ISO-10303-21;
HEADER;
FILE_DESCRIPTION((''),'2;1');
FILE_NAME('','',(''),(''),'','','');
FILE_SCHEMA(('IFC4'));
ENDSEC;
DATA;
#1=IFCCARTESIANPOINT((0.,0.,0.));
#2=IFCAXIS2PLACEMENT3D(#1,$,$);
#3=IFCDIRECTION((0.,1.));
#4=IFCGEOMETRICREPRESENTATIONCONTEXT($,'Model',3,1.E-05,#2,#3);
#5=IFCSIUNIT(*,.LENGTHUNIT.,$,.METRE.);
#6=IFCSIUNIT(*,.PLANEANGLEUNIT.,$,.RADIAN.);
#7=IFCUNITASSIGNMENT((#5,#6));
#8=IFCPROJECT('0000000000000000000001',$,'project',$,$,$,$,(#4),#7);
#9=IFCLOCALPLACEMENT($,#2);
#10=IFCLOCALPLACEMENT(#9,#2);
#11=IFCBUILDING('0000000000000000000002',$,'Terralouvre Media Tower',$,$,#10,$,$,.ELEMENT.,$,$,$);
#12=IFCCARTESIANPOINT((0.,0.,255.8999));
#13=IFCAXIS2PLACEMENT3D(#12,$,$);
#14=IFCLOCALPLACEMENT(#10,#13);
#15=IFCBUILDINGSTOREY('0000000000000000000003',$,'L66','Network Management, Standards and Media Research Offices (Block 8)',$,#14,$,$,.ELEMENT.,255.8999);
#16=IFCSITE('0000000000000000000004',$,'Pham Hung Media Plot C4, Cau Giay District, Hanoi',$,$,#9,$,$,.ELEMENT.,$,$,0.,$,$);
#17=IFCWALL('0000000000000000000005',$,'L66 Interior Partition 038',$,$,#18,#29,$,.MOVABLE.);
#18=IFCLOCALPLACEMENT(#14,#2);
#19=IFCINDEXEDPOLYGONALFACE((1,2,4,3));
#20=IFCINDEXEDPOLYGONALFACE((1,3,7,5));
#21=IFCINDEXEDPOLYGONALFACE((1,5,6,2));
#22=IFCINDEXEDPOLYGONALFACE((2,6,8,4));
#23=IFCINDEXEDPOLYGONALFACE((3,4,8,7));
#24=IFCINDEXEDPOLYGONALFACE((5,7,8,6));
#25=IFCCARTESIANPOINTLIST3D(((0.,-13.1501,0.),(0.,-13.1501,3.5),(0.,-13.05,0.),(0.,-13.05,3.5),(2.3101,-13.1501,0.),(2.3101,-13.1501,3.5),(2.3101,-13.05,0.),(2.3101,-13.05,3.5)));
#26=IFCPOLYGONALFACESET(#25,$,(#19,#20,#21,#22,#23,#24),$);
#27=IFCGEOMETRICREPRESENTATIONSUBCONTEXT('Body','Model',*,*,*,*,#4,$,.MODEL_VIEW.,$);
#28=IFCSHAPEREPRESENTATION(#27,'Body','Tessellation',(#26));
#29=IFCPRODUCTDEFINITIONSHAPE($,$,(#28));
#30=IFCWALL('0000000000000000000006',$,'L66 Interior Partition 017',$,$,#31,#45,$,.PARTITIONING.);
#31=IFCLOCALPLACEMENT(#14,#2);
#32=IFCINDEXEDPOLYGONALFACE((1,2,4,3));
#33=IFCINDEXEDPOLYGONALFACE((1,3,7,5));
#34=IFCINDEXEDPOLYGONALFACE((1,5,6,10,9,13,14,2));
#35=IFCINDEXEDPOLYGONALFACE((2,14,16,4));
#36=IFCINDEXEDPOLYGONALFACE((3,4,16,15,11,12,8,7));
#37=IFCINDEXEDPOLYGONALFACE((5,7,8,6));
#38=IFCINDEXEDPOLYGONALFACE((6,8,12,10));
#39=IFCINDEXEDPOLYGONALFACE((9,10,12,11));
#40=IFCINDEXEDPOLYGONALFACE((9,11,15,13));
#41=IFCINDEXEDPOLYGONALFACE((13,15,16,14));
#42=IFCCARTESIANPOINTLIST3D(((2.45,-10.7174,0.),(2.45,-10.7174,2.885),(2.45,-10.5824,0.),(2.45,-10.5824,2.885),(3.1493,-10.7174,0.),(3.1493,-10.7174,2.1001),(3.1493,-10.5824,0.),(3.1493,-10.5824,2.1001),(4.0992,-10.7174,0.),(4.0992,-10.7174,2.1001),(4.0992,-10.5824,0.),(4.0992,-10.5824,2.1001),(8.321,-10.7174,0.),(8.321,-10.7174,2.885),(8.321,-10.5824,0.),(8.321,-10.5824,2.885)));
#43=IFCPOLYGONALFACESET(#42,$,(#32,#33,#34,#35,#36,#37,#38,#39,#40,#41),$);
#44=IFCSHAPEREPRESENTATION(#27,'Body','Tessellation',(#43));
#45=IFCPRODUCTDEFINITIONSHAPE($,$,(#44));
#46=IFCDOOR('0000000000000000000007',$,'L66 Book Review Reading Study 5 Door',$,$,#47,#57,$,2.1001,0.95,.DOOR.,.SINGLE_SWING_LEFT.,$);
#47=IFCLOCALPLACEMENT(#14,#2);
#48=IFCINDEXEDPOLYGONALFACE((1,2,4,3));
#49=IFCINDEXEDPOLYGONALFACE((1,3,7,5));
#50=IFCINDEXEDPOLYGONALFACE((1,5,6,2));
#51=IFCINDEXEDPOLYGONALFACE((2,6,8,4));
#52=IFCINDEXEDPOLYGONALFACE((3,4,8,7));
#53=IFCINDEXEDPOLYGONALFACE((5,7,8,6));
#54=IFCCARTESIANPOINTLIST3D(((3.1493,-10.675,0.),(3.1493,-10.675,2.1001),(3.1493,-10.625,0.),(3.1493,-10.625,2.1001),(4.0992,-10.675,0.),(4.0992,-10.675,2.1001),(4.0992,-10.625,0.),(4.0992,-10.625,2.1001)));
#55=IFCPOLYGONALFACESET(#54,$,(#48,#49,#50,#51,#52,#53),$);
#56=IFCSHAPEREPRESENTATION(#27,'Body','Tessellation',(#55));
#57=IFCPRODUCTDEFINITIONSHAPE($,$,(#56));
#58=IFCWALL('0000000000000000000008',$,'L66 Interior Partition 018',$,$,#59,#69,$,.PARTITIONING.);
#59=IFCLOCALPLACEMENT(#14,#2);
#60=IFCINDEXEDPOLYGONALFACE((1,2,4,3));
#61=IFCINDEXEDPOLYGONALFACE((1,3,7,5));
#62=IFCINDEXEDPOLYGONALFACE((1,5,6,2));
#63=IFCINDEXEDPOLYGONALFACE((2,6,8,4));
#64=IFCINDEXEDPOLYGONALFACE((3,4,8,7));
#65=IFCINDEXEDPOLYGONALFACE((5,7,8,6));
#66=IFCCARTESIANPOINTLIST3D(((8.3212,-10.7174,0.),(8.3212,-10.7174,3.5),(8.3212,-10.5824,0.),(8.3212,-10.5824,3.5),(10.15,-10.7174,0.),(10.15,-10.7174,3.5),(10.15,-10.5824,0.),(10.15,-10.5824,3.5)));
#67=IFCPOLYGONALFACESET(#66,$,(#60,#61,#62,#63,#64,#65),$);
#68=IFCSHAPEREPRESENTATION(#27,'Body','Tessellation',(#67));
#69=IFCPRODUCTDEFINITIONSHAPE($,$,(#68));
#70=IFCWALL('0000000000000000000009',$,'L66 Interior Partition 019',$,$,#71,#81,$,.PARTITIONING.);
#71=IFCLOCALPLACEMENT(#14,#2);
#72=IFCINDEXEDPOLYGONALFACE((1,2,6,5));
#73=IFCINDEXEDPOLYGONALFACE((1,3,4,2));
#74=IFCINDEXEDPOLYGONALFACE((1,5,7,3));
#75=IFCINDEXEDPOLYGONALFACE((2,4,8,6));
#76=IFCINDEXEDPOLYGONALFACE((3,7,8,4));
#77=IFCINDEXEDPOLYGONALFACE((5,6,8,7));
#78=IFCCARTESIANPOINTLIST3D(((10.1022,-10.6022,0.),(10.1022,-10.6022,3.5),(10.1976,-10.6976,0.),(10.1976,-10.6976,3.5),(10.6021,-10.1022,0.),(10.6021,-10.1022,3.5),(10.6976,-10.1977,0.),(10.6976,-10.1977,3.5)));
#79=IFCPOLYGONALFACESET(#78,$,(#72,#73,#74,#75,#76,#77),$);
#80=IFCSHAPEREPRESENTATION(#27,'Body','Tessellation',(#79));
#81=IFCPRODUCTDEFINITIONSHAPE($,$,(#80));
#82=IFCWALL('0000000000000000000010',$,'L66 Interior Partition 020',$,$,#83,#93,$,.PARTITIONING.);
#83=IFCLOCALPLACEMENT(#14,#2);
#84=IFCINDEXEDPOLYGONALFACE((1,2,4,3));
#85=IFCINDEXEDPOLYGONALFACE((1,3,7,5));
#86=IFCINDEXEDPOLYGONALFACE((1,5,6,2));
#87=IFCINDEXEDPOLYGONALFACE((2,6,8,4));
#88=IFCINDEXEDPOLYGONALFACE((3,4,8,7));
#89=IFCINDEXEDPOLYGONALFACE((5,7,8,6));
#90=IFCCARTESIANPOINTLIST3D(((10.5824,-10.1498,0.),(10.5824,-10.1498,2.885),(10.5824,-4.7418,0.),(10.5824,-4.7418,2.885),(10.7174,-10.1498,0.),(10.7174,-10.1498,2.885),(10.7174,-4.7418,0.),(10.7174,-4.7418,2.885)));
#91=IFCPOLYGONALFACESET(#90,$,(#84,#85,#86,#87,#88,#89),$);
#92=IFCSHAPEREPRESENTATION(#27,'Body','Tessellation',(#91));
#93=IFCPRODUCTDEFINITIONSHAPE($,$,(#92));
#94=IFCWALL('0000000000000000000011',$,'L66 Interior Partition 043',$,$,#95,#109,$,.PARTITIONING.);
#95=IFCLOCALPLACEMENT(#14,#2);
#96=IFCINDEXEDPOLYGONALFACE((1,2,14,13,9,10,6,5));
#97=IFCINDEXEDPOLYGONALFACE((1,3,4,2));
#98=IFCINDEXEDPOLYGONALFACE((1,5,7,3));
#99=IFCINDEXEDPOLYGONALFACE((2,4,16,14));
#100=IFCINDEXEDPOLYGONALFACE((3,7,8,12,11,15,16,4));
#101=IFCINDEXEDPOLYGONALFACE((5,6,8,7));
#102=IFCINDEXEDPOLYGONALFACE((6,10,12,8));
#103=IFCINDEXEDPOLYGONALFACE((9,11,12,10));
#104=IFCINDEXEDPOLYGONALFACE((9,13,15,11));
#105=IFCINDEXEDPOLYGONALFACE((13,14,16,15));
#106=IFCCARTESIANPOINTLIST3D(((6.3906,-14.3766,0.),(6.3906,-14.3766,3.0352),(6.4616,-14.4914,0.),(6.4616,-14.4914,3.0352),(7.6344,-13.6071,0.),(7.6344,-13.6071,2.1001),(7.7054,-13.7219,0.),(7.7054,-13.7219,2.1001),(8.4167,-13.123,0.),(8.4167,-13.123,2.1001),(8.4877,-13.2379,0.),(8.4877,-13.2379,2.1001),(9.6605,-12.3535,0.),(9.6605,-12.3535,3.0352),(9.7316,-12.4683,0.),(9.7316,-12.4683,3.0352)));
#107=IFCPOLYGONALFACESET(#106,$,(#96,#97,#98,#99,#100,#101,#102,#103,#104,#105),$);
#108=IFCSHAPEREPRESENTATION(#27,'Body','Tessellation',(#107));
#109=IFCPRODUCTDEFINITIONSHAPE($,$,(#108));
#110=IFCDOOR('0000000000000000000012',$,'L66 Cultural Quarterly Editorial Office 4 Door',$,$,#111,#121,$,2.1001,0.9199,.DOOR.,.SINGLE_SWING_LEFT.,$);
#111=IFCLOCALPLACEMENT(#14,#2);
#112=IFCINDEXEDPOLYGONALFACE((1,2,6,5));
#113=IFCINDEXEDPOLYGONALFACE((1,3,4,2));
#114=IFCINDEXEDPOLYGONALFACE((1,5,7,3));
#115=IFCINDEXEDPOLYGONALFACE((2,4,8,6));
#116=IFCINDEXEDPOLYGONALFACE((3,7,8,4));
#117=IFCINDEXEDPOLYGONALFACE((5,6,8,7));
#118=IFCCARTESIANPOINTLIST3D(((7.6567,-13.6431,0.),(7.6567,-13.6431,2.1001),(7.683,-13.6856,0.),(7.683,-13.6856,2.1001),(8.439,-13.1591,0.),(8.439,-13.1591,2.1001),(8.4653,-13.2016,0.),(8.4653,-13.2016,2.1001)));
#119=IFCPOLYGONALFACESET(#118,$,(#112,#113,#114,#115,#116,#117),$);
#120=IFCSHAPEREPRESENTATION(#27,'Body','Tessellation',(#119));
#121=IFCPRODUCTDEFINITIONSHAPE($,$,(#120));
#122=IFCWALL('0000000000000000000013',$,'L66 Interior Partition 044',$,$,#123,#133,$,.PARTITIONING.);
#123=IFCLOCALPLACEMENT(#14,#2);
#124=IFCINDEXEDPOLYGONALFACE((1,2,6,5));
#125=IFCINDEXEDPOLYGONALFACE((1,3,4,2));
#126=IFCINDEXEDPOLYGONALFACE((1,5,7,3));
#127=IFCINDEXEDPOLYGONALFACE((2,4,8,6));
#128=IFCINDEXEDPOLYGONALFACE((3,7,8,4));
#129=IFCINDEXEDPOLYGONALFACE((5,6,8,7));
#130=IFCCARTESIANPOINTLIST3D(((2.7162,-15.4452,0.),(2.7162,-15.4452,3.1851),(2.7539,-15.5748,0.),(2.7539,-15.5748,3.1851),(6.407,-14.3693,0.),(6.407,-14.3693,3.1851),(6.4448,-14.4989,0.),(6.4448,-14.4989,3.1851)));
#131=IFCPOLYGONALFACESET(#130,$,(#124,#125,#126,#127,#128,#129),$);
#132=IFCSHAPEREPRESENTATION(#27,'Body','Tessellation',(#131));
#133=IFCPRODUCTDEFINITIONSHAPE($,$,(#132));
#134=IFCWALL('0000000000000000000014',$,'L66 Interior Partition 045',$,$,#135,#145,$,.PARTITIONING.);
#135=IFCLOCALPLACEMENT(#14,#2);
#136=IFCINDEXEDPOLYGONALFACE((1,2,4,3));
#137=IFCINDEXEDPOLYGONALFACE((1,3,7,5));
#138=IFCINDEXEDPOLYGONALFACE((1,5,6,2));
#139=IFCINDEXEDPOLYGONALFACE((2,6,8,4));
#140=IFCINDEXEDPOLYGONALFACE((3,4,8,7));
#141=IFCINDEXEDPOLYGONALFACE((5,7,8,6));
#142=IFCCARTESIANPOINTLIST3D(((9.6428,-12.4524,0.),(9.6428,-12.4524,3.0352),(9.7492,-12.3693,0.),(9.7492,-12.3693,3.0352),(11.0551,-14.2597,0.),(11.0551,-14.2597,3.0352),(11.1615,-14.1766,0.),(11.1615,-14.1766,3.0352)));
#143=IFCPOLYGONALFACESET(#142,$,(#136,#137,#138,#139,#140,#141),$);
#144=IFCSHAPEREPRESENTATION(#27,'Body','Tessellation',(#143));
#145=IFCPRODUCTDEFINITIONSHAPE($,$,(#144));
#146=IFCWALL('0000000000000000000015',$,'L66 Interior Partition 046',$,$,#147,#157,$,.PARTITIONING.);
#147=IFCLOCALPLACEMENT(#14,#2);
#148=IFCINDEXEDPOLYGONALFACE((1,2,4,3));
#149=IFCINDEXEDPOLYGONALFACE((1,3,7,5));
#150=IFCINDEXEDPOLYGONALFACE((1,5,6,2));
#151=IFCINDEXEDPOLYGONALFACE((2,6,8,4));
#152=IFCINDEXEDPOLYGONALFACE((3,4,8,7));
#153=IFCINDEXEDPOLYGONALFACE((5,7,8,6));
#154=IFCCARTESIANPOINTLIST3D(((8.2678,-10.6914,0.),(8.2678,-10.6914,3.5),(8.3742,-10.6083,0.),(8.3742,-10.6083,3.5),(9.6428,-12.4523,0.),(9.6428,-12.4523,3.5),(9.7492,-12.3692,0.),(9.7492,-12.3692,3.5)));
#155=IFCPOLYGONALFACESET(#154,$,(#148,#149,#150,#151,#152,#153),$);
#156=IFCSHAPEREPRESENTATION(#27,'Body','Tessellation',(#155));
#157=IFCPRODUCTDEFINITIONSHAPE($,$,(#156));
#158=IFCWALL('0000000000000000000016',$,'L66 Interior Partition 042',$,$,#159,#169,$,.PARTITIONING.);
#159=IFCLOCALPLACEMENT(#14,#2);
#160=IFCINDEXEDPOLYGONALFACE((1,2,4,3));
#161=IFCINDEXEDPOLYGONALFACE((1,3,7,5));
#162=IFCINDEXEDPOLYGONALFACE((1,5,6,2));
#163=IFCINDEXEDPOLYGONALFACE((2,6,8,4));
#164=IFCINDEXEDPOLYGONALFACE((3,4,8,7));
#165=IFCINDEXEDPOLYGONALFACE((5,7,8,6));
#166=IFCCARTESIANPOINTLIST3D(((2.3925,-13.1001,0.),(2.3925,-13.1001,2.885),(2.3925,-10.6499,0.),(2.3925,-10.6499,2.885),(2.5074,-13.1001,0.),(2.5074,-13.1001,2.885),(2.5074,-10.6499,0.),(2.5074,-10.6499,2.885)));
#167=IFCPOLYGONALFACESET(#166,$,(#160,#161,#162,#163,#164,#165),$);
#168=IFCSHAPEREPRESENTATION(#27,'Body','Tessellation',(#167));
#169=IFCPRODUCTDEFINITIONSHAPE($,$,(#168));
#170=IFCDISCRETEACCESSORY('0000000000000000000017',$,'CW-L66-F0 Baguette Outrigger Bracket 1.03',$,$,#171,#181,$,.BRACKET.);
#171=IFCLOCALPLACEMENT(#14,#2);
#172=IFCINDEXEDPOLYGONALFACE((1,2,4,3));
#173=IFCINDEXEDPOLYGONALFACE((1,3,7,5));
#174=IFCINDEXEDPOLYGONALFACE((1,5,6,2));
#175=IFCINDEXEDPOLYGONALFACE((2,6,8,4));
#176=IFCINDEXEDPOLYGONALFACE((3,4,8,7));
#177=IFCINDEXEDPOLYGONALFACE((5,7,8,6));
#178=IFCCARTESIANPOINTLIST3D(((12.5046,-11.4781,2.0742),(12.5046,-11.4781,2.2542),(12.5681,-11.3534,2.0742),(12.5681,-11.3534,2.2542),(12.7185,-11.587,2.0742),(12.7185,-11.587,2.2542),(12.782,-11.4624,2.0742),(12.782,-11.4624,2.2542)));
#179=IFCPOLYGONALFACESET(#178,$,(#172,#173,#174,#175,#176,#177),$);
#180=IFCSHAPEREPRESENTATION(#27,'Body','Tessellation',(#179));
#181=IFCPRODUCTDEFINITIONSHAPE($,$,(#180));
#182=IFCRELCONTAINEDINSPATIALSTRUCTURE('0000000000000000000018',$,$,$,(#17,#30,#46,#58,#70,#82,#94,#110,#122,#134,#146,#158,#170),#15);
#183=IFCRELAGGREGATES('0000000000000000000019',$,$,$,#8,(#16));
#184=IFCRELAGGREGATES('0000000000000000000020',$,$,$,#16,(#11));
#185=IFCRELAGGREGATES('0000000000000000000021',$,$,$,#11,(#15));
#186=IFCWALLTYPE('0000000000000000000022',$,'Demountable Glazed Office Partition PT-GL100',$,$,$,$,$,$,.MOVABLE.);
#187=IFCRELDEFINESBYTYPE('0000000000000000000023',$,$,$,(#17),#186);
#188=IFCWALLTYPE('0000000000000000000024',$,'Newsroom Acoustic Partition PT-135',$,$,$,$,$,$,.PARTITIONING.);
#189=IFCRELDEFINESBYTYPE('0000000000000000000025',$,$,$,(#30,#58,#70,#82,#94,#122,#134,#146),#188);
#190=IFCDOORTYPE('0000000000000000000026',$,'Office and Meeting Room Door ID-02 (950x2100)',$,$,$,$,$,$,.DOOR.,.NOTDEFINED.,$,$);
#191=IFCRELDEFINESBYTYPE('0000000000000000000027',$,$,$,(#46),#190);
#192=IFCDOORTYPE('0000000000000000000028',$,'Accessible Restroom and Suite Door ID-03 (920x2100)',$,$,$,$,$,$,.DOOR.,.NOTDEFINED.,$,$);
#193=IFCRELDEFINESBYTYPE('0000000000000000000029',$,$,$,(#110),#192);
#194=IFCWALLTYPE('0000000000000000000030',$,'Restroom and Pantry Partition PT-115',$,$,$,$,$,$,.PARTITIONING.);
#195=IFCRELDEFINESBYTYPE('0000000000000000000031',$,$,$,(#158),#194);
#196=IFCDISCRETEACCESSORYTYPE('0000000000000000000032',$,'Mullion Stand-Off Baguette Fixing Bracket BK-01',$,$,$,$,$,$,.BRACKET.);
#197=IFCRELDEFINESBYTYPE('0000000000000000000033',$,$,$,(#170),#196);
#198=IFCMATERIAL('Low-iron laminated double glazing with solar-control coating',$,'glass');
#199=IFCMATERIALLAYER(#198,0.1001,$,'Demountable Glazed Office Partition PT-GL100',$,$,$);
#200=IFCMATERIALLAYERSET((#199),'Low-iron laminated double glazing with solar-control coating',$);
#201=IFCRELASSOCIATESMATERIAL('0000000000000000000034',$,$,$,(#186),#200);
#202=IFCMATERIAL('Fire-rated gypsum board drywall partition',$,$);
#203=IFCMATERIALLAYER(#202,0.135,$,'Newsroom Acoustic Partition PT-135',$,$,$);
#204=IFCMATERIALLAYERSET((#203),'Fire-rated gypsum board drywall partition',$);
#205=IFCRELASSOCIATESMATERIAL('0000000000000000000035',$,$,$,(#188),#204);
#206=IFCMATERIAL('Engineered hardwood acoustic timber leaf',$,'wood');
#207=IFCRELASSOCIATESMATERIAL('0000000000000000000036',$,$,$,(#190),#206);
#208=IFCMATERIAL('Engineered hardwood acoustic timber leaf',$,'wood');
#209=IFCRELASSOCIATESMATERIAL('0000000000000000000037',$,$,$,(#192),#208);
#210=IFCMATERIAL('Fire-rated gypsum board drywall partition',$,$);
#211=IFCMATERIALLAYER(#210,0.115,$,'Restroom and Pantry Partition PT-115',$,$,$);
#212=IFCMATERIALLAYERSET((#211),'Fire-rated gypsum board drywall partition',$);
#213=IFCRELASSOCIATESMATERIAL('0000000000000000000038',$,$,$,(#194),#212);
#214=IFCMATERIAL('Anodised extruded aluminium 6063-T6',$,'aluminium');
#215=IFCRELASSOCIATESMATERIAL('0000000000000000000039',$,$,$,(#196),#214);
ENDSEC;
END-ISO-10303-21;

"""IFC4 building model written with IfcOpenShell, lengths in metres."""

from ifc_helpers import new_model, si_unit, direction, frame, frame_2d, origin, origin_2d, place, context, subcontext, project, spatial, rectangle, extrude, material, layer, layer_set, type_object, element, fill, save


model = new_model("IFC4")

# Units and contexts
model_context = context("Model", 3, precision=1e-05, world=origin(), true_north=direction((0.0, 1.0)))
body_context = subcontext(model_context, "Body", "Model", "MODEL_VIEW")
ifc_project = project(units=[si_unit("LENGTHUNIT", "METRE"), si_unit("PLANEANGLEUNIT", "RADIAN")], contexts=[model_context])

# Site, building, storey
site_placement = place(None, origin())
site = spatial("IfcSite", under=ifc_project, at=site_placement, Name="Pham Hung Media Plot C4, Cau Giay District, Hanoi", CompositionType="ELEMENT", RefElevation=0.0)
building_placement = place(site_placement, origin())
building = spatial("IfcBuilding", under=site, at=building_placement, Name="Terralouvre Media Tower", CompositionType="ELEMENT")
storey_placement = place(building_placement, frame((0.0, 0.0, 255.8999)))
storey = spatial("IfcBuildingStorey", under=building, at=storey_placement, Name="L66", Description="Network Management, Standards and Media Research Offices (Block 8)", CompositionType="ELEMENT", Elevation=255.8999)

# Wall
ifc_material_1 = material(Name="Low-iron laminated double glazing with solar-control coating", Category="glass")
ifc_layer_1 = layer(ifc_material_1, 0.1001, Name="Demountable Glazed Office Partition PT-GL100")
ifc_layer_set_1 = layer_set([ifc_layer_1], Name="Low-iron laminated double glazing with solar-control coating")
wall_type_1 = type_object("IfcWallType", Name="Demountable Glazed Office Partition PT-GL100", PredefinedType="MOVABLE", material=ifc_layer_set_1)
wall_1_placement = place(storey_placement, frame((2.3101, -13.1001, 0.0), z_axis=(0.0, 0.0, 1.0), x_axis=(-1.0, 0.0, 0.0)))
element("IfcWall", 1, at=wall_1_placement, inside=storey, type_object=wall_type_1, Name="L66 Interior Partition 038", PredefinedType="MOVABLE", context=body_context, shape_type="SweptSolid", body=[
    extrude(rectangle(XDim=2.3101, YDim=0.1001, at=frame_2d((1.155, 0.0))), origin(), (0.0, 0.0, 1.0), 3.5),
])

# Wall, opening, door
ifc_material_2 = material(Name="Fire-rated gypsum board drywall partition")
ifc_layer_2 = layer(ifc_material_2, 0.135, Name="Newsroom Acoustic Partition PT-135")
ifc_layer_set_2 = layer_set([ifc_layer_2], Name="Fire-rated gypsum board drywall partition")
wall_type_2 = type_object("IfcWallType", Name="Newsroom Acoustic Partition PT-135", PredefinedType="PARTITIONING", material=ifc_layer_set_2)
wall_2_placement = place(storey_placement, frame((2.45, -10.6499, 0.0), z_axis=(0.0, 0.0, 1.0), x_axis=(1.0, 0.0, 0.0)))
wall_2 = element("IfcWall", 2, at=wall_2_placement, inside=storey, type_object=wall_type_2, Name="L66 Interior Partition 017", PredefinedType="PARTITIONING", context=body_context, shape_type="SweptSolid", body=[
    extrude(rectangle(XDim=5.8711, YDim=0.135, at=frame_2d((2.9355, 0.0))), origin(), (0.0, 0.0, 1.0), 2.885),
])
opening_1_placement = place(wall_2_placement, frame((0.6992, 0.0, 0.0)))
opening_1 = element("IfcOpeningElement", 3, at=opening_1_placement, cuts=wall_2, PredefinedType="OPENING", context=body_context, shape_type="SweptSolid", body=[
    extrude(rectangle(XDim=0.95, YDim=2.1001, at=frame_2d((0.4751, 1.05))), frame((0.0, 0.0774, 0.0), z_axis=(0.0, -1.0, 0.0), x_axis=(1.0, 0.0, 0.0)), (0.0, 0.0, 1.0), 0.155),
])
ifc_material_3 = material(Name="Engineered hardwood acoustic timber leaf", Category="wood")
door_type_1 = type_object("IfcDoorType", Name="Office and Meeting Room Door ID-02 (950x2100)", OperationType="NOTDEFINED", PredefinedType="DOOR", material=ifc_material_3)
door_1_placement = place(opening_1_placement, origin())
door_1 = element("IfcDoor", 4, at=door_1_placement, inside=storey, type_object=door_type_1, Name="L66 Book Review Reading Study 5 Door", OperationType="SINGLE_SWING_LEFT", OverallHeight=2.1001, OverallWidth=0.95, PredefinedType="DOOR", context=body_context, shape_type="SweptSolid", body=[
    extrude(rectangle(XDim=0.95, YDim=2.1001, at=frame_2d((0.4751, 1.05))), frame((0.0, 0.0249, 0.0), z_axis=(0.0, -1.0, 0.0), x_axis=(1.0, 0.0, 0.0)), (0.0, 0.0, 1.0), 0.05),
])
fill(opening_1, door_1)

# Walls
wall_3_placement = place(storey_placement, frame((8.321, -10.6499, 0.0), z_axis=(0.0, 0.0, 1.0), x_axis=(1.0, 0.0, 0.0)))
element("IfcWall", 5, at=wall_3_placement, inside=storey, type_object=wall_type_2, Name="L66 Interior Partition 018", PredefinedType="PARTITIONING", context=body_context, shape_type="SweptSolid", body=[
    extrude(rectangle(XDim=1.8289, YDim=0.135, at=frame_2d((0.9146, 0.0))), origin(), (0.0, 0.0, 1.0), 3.5),
])
wall_4_placement = place(storey_placement, frame((10.1499, -10.6499, 0.0), z_axis=(0.0, 0.0, 1.0), x_axis=(0.707107, 0.707107, 0.0)))
element("IfcWall", 6, at=wall_4_placement, inside=storey, type_object=wall_type_2, Name="L66 Interior Partition 019", PredefinedType="PARTITIONING", context=body_context, shape_type="SweptSolid", body=[
    extrude(rectangle(XDim=0.707, YDim=0.135, at=frame_2d((0.3535, 0.0))), origin(), (0.0, 0.0, 1.0), 3.5),
])
wall_5_placement = place(storey_placement, frame((10.6499, -10.1499, 0.0), z_axis=(0.0, 0.0, 1.0), x_axis=(0.0, 1.0, 0.0)))
element("IfcWall", 7, at=wall_5_placement, inside=storey, type_object=wall_type_2, Name="L66 Interior Partition 020", PredefinedType="PARTITIONING", context=body_context, shape_type="SweptSolid", body=[
    extrude(rectangle(XDim=5.408, YDim=0.135, at=frame_2d((2.7041, 0.0))), origin(), (0.0, 0.0, 1.0), 2.885),
])

# Wall, opening, door
wall_6_placement = place(storey_placement, frame((9.696, -12.4109, 0.0), z_axis=(0.0, 0.0, 1.0), x_axis=(-0.850394, -0.526147, 0.0)))
wall_6 = element("IfcWall", 8, at=wall_6_placement, inside=storey, type_object=wall_type_2, Name="L66 Interior Partition 043", PredefinedType="PARTITIONING", context=body_context, shape_type="SweptSolid", body=[
    extrude(rectangle(XDim=3.8452, YDim=0.135, at=frame_2d((1.9226, 0.0))), origin(), (0.0, 0.0, 1.0), 3.0352),
])
opening_2_placement = place(wall_6_placement, frame((1.4626, 0.0, 0.0)))
opening_2 = element("IfcOpeningElement", 9, at=opening_2_placement, cuts=wall_6, PredefinedType="OPENING", context=body_context, shape_type="SweptSolid", body=[
    extrude(rectangle(XDim=0.9199, YDim=2.1001, at=frame_2d((0.46, 1.05))), frame((0.0, 0.0774, 0.0), z_axis=(0.0, -1.0, 0.0), x_axis=(1.0, 0.0, 0.0)), (0.0, 0.0, 1.0), 0.155),
])
ifc_material_4 = material(Name="Engineered hardwood acoustic timber leaf", Category="wood")
door_type_2 = type_object("IfcDoorType", Name="Accessible Restroom and Suite Door ID-03 (920x2100)", OperationType="NOTDEFINED", PredefinedType="DOOR", material=ifc_material_4)
door_2_placement = place(opening_2_placement, origin())
door_2 = element("IfcDoor", 10, at=door_2_placement, inside=storey, type_object=door_type_2, Name="L66 Cultural Quarterly Editorial Office 4 Door", OperationType="SINGLE_SWING_LEFT", OverallHeight=2.1001, OverallWidth=0.9199, PredefinedType="DOOR", context=body_context, shape_type="SweptSolid", body=[
    extrude(rectangle(XDim=0.9199, YDim=2.1001, at=frame_2d((0.46, 1.05))), frame((0.0, 0.0249, 0.0), z_axis=(0.0, -1.0, 0.0), x_axis=(1.0, 0.0, 0.0)), (0.0, 0.0, 1.0), 0.05),
])
fill(opening_2, door_2)

# Walls
wall_7_placement = place(storey_placement, frame((6.426, -14.4341, 0.0), z_axis=(0.0, 0.0, 1.0), x_axis=(-0.960041, -0.279859, 0.0)))
element("IfcWall", 11, at=wall_7_placement, inside=storey, type_object=wall_type_2, Name="L66 Interior Partition 044", PredefinedType="PARTITIONING", context=body_context, shape_type="SweptSolid", body=[
    extrude(rectangle(XDim=3.8445, YDim=0.135, at=frame_2d((1.9224, 0.0))), origin(), (0.0, 0.0, 1.0), 3.1851),
])
wall_8_placement = place(storey_placement, frame((11.1084, -14.2183, 0.0), z_axis=(0.0, 0.0, 1.0), x_axis=(-0.615737, 0.787952, 0.0)))
element("IfcWall", 12, at=wall_8_placement, inside=storey, type_object=wall_type_2, Name="L66 Interior Partition 045", PredefinedType="PARTITIONING", context=body_context, shape_type="SweptSolid", body=[
    extrude(rectangle(XDim=2.2937, YDim=0.135, at=frame_2d((1.147, 0.0))), origin(), (0.0, 0.0, 1.0), 3.0352),
])
wall_9_placement = place(storey_placement, frame((9.696, -12.4109, 0.0), z_axis=(0.0, 0.0, 1.0), x_axis=(-0.61543, 0.788192, 0.0)))
element("IfcWall", 13, at=wall_9_placement, inside=storey, type_object=wall_type_2, Name="L66 Interior Partition 046", PredefinedType="PARTITIONING", context=body_context, shape_type="SweptSolid", body=[
    extrude(rectangle(XDim=2.2341, YDim=0.135, at=frame_2d((1.1172, 0.0))), origin(), (0.0, 0.0, 1.0), 3.5),
])
ifc_material_5 = material(Name="Fire-rated gypsum board drywall partition")
ifc_layer_3 = layer(ifc_material_5, 0.115, Name="Restroom and Pantry Partition PT-115")
ifc_layer_set_3 = layer_set([ifc_layer_3], Name="Fire-rated gypsum board drywall partition")
wall_type_3 = type_object("IfcWallType", Name="Restroom and Pantry Partition PT-115", PredefinedType="PARTITIONING", material=ifc_layer_set_3)
wall_10_placement = place(storey_placement, frame((2.45, -13.1001, 0.0), z_axis=(0.0, 0.0, 1.0), x_axis=(0.0, 1.0, 0.0)))
element("IfcWall", 14, at=wall_10_placement, inside=storey, type_object=wall_type_3, Name="L66 Interior Partition 042", PredefinedType="PARTITIONING", context=body_context, shape_type="SweptSolid", body=[
    extrude(rectangle(XDim=2.4502, YDim=0.115, at=frame_2d((1.2251, 0.0))), origin(), (0.0, 0.0, 1.0), 2.885),
])

# Discrete accessory
ifc_material_6 = material(Name="Anodised extruded aluminium 6063-T6", Category="aluminium")
discrete_accessory_type = type_object("IfcDiscreteAccessoryType", Name="Mullion Stand-Off Baguette Fixing Bracket BK-01", PredefinedType="BRACKET", material=ifc_material_6)
discrete_accessory_placement = place(storey_placement, frame((12.6433, -11.4702, 2.0742), z_axis=(0.0, 0.0, 1.0), x_axis=(0.45399, 0.891007, 0.0)))
element("IfcDiscreteAccessory", 15, at=discrete_accessory_placement, inside=storey, type_object=discrete_accessory_type, Name="CW-L66-F0 Baguette Outrigger Bracket 1.03", PredefinedType="BRACKET", context=body_context, shape_type="SweptSolid", body=[
    extrude(rectangle(XDim=0.1399, YDim=0.24, at=origin_2d()), origin(), (0.0, 0.0, 1.0), 0.1799),
])

save(model, "model.ifc")
